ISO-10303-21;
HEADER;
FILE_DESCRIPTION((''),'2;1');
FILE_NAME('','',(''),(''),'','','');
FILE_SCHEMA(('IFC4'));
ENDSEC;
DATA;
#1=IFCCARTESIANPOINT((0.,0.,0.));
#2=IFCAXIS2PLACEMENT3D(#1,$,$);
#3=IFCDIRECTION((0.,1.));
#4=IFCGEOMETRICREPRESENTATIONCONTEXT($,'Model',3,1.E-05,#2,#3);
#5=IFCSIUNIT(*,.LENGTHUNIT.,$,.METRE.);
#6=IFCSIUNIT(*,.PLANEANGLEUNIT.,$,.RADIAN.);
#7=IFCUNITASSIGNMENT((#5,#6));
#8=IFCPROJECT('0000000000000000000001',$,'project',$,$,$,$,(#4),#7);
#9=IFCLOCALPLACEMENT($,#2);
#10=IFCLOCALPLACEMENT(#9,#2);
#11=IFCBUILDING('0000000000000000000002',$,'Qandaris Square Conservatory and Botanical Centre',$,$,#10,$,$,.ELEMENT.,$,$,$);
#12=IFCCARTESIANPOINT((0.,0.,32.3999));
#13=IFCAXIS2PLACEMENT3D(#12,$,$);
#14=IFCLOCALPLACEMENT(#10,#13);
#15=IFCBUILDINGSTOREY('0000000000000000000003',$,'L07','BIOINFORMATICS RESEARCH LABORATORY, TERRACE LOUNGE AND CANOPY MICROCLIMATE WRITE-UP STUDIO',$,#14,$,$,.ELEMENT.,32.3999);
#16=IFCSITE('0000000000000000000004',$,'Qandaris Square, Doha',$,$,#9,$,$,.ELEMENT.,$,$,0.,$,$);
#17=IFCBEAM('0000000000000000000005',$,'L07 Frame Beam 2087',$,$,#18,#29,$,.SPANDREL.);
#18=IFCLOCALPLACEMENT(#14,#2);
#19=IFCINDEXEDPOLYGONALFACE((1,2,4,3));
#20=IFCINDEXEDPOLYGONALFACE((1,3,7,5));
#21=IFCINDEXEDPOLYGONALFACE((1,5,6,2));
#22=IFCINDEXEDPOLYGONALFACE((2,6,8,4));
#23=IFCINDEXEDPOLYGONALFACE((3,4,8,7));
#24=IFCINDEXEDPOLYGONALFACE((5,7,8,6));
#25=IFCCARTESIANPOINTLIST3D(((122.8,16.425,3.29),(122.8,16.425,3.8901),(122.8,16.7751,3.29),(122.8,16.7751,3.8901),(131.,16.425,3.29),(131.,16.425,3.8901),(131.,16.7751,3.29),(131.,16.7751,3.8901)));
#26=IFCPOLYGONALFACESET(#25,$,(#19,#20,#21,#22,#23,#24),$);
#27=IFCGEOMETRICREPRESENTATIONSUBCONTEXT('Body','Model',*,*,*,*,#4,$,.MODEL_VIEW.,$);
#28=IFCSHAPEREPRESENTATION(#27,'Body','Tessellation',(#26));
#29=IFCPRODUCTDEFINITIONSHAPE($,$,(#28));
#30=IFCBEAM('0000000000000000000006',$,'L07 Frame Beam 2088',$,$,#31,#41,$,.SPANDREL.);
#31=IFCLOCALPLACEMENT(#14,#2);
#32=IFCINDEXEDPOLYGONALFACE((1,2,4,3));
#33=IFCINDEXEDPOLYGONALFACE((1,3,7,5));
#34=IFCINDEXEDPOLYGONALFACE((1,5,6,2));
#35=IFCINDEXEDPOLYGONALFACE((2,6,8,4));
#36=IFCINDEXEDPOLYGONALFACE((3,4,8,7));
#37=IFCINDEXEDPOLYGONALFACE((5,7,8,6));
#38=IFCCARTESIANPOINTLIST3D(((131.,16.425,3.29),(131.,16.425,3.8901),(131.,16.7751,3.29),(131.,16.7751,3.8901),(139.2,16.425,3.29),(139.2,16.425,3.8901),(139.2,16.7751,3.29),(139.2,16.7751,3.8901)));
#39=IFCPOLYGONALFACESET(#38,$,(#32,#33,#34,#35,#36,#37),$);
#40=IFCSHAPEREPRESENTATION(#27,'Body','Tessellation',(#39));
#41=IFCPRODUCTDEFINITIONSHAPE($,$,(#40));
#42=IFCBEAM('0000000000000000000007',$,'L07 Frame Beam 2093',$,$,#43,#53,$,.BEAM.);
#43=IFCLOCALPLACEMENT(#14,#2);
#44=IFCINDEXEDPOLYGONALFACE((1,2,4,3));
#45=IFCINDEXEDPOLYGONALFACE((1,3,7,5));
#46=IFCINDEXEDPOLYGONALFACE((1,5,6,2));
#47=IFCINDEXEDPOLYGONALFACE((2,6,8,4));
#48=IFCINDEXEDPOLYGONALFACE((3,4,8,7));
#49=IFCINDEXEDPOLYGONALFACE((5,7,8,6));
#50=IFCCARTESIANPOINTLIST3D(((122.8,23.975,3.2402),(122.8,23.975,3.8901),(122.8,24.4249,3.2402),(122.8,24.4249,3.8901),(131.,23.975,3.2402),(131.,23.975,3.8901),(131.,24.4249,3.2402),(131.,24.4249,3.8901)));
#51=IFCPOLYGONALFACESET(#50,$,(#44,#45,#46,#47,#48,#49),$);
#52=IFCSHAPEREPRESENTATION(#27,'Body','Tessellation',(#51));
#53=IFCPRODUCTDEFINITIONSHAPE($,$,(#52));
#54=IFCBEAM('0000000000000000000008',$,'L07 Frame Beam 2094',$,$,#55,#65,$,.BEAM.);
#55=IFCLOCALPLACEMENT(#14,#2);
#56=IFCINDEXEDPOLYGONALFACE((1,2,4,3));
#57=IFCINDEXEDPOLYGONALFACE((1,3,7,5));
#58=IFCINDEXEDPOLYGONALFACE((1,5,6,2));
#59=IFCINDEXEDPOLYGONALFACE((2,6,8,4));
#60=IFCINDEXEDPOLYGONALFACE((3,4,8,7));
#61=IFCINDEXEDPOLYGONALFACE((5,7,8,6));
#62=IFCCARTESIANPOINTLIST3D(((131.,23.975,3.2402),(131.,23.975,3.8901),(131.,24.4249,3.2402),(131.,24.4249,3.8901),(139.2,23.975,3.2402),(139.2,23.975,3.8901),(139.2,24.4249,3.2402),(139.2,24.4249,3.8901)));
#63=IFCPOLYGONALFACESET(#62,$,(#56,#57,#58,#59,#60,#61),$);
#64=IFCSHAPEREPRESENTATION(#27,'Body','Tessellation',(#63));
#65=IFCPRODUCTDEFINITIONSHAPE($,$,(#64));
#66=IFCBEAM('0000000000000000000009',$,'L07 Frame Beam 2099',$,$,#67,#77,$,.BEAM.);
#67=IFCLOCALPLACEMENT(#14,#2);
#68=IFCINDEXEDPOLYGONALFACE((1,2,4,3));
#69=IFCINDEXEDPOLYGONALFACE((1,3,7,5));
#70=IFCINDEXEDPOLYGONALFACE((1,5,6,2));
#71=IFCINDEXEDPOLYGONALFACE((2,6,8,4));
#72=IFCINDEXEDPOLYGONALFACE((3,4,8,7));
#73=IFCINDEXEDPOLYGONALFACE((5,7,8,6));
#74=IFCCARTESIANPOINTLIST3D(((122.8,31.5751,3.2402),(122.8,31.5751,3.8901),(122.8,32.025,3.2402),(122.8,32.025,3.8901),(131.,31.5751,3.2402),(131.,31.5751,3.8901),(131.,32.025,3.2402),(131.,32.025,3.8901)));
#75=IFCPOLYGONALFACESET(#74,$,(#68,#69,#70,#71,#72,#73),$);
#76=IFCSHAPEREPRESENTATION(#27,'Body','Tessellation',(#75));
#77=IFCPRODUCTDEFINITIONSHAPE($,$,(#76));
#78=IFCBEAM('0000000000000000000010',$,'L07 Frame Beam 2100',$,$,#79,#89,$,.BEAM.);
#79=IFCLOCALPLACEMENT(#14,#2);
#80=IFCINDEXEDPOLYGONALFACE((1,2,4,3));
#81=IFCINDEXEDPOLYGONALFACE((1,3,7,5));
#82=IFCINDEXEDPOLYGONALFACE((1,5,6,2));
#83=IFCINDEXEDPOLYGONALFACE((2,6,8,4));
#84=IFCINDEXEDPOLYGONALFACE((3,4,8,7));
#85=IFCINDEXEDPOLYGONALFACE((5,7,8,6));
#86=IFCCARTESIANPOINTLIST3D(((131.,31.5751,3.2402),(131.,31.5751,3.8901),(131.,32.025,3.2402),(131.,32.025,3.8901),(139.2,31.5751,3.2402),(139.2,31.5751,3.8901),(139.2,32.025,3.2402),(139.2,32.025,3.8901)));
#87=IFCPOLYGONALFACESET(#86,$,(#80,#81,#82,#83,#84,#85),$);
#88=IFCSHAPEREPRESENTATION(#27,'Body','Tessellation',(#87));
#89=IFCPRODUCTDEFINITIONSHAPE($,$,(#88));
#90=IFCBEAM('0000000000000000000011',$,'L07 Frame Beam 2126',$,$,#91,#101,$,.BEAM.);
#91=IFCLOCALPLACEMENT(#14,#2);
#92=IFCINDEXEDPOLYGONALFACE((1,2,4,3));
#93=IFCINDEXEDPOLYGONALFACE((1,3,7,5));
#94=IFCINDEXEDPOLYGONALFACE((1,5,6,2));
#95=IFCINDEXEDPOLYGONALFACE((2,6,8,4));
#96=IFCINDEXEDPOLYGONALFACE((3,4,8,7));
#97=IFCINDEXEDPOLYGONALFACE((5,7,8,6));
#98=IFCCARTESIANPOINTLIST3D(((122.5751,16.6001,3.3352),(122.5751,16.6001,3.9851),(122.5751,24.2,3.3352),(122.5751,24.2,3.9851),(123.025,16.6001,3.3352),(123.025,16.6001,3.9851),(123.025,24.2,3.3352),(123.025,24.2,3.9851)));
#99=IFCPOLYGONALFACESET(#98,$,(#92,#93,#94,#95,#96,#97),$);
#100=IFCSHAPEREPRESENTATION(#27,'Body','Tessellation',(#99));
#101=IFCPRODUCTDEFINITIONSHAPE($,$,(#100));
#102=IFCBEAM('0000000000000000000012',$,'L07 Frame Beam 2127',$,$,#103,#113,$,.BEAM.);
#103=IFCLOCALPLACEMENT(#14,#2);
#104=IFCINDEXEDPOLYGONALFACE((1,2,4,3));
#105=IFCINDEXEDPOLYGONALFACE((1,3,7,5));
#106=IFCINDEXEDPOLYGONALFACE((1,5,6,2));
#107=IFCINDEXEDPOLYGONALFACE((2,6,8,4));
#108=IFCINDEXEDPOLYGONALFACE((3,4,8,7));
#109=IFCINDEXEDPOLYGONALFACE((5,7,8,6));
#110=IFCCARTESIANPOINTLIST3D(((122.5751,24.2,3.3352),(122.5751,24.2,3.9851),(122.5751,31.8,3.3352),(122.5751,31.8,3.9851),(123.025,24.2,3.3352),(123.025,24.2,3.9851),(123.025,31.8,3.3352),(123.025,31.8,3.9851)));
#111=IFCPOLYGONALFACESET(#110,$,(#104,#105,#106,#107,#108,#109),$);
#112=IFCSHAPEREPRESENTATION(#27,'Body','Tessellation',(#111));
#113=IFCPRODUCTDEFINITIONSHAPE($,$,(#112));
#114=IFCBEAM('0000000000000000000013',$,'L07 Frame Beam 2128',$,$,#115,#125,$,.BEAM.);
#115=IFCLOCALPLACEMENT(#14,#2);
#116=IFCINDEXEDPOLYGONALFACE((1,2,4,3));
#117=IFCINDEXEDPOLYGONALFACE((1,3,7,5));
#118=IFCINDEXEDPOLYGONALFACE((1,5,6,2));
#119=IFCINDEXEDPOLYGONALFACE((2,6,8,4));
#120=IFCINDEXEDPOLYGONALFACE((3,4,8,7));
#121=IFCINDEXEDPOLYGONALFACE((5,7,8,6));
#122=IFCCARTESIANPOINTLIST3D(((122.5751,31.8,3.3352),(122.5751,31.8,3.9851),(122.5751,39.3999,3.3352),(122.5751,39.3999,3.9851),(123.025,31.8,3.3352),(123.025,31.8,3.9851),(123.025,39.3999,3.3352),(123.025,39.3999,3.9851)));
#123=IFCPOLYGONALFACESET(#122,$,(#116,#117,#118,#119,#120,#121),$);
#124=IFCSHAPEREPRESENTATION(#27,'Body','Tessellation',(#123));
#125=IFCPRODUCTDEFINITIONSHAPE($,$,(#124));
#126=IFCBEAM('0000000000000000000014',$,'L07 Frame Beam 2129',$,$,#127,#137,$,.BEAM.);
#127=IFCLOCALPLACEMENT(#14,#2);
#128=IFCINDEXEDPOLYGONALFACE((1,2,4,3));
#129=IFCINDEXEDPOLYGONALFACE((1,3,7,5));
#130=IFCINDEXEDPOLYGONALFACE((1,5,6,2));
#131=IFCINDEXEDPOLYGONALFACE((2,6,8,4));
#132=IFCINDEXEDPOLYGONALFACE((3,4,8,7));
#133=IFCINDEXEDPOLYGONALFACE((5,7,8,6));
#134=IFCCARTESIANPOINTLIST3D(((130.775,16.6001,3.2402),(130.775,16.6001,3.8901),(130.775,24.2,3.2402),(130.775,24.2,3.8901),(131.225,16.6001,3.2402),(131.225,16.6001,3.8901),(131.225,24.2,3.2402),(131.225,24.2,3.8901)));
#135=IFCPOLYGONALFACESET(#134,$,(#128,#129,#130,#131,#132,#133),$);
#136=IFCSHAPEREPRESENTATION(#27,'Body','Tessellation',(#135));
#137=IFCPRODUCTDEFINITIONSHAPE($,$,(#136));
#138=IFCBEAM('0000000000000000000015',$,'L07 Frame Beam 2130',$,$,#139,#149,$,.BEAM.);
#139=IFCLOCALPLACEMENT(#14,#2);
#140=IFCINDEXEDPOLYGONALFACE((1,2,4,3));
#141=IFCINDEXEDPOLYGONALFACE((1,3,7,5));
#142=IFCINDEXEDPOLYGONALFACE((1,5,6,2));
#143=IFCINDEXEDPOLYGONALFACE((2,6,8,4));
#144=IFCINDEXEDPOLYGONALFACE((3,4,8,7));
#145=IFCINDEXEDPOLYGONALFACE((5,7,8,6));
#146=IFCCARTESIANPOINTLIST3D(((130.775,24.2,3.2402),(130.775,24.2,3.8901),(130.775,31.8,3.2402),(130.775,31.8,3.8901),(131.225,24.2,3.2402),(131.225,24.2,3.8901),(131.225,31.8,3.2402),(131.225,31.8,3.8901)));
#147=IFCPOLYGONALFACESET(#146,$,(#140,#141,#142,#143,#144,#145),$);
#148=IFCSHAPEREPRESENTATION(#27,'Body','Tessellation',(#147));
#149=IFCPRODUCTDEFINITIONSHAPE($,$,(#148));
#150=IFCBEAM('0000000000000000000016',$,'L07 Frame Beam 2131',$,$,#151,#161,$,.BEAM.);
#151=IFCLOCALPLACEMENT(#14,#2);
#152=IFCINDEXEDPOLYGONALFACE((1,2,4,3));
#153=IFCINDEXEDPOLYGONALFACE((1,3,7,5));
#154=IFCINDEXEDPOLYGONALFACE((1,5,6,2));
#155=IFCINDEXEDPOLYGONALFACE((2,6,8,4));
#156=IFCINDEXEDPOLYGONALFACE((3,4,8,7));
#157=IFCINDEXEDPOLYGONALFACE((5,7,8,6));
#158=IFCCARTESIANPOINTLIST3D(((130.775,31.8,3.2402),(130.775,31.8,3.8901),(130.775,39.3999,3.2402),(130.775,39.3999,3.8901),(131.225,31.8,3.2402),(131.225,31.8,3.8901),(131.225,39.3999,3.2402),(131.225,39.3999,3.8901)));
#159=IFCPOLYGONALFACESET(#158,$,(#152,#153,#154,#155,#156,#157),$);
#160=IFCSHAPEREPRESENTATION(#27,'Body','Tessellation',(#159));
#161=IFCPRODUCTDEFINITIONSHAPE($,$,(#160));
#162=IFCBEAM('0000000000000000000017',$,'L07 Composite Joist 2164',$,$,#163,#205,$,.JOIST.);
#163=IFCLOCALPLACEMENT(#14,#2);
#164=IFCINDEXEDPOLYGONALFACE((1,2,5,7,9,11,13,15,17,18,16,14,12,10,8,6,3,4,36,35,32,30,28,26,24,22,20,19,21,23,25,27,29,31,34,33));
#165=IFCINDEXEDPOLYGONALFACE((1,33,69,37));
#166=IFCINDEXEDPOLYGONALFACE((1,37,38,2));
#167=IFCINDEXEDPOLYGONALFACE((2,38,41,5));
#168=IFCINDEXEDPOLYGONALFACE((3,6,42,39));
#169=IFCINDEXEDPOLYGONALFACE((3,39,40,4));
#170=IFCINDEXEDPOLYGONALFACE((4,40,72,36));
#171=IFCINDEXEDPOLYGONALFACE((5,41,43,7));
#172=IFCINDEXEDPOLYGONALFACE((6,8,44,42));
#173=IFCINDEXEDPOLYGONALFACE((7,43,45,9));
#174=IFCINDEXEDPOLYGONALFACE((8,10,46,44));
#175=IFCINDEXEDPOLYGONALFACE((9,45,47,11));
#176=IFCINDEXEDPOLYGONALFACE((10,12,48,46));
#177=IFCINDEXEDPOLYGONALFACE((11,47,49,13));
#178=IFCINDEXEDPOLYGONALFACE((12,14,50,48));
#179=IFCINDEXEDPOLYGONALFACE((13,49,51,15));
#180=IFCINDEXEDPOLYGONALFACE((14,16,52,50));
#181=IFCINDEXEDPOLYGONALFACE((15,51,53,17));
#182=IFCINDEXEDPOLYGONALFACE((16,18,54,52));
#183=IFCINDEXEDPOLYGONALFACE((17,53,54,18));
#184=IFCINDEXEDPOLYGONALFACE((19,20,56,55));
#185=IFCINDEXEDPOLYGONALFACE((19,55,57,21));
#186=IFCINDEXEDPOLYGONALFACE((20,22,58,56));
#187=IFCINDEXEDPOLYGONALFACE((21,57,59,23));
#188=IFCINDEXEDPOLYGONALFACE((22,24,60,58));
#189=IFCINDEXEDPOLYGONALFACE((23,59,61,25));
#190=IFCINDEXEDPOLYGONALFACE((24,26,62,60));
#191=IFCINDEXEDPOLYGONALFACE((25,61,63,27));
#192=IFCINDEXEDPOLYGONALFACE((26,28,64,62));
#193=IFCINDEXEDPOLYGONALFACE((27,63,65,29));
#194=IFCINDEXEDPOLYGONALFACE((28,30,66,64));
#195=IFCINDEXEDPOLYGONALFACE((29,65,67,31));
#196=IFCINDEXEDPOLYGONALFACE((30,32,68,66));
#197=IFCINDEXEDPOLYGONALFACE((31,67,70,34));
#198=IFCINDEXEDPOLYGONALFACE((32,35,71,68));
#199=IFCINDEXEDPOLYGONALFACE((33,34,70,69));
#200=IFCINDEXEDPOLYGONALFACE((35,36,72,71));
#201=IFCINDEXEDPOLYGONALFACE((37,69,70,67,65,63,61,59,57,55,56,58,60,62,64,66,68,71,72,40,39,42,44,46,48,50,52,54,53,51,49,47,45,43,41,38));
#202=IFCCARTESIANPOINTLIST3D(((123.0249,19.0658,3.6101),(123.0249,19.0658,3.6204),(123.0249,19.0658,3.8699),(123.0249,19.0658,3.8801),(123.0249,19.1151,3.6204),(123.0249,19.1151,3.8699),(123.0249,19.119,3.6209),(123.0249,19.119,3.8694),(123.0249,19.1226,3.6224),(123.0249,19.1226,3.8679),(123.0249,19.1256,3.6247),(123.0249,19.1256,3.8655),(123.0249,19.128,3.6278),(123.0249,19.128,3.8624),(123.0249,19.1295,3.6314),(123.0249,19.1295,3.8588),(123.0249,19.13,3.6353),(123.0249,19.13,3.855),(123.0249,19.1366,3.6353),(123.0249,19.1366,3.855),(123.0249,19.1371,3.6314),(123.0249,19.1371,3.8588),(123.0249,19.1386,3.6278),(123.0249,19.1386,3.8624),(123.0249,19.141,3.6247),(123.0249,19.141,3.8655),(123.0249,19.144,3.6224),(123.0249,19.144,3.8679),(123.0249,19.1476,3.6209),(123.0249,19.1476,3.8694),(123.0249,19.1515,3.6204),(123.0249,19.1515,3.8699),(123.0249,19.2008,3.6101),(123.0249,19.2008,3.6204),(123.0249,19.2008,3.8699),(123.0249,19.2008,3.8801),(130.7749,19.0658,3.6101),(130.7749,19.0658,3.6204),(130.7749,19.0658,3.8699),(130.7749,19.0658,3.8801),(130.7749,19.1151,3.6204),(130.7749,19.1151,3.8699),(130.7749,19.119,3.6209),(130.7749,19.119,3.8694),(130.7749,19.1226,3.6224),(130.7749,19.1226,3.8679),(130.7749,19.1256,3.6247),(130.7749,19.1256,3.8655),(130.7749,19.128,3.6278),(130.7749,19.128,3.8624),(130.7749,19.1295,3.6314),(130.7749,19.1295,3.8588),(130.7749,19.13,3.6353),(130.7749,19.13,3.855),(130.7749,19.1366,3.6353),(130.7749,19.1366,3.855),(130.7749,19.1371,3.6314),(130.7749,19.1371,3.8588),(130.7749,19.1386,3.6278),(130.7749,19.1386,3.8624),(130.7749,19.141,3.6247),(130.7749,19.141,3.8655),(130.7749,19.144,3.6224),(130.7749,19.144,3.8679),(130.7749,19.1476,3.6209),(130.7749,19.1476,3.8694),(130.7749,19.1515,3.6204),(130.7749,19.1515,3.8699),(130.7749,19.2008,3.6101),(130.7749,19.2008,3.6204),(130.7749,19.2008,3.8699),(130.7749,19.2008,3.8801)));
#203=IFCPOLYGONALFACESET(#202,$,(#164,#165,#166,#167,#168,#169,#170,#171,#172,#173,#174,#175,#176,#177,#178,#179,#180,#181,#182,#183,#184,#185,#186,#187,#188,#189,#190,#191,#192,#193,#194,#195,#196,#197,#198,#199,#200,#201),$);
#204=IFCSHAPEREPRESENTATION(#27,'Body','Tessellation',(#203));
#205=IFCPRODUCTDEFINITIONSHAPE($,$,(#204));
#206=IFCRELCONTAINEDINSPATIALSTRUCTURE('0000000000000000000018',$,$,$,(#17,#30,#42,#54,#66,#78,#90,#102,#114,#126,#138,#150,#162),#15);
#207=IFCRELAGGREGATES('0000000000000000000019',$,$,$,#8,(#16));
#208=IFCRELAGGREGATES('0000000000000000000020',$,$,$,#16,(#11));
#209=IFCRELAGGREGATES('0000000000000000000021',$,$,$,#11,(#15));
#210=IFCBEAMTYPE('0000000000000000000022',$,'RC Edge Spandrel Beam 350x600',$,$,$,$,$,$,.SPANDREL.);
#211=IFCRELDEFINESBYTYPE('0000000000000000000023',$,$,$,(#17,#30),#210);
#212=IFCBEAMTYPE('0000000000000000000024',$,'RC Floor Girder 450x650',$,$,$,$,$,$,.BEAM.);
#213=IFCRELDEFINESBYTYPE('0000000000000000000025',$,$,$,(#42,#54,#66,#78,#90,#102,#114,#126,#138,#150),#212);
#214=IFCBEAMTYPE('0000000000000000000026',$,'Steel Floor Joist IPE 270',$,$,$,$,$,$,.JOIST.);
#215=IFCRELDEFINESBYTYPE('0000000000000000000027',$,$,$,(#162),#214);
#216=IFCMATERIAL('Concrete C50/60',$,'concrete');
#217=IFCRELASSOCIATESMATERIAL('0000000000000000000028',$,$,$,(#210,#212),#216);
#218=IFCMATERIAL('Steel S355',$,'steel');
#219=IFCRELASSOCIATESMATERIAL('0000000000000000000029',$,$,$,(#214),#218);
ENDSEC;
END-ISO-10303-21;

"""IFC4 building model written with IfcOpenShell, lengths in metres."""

from ifc_helpers import new_model, si_unit, direction, frame, origin, origin_2d, place, context, subcontext, project, spatial, rectangle, i_section, extrude, material, material_profile, profile_set, type_object, element, save


model = new_model("IFC4")

# Units and contexts
model_context = context("Model", 3, precision=1e-05, world=origin(), true_north=direction((0.0, 1.0)))
body_context = subcontext(model_context, "Body", "Model", "MODEL_VIEW")
ifc_project = project(units=[si_unit("LENGTHUNIT", "METRE"), si_unit("PLANEANGLEUNIT", "RADIAN")], contexts=[model_context])

# Site, building, storey
site_placement = place(None, origin())
site = spatial("IfcSite", under=ifc_project, at=site_placement, Name="Qandaris Square, Doha", CompositionType="ELEMENT", RefElevation=0.0)
building_placement = place(site_placement, origin())
building = spatial("IfcBuilding", under=site, at=building_placement, Name="Qandaris Square Conservatory and Botanical Centre", CompositionType="ELEMENT")
storey_placement = place(building_placement, frame((0.0, 0.0, 32.3999)))
storey = spatial("IfcBuildingStorey", under=building, at=storey_placement, Name="L07", Description="BIOINFORMATICS RESEARCH LABORATORY, TERRACE LOUNGE AND CANOPY MICROCLIMATE WRITE-UP STUDIO", CompositionType="ELEMENT", Elevation=32.3999)

# Shared definitions
ifc_material_1 = material(Name="Concrete C50/60", Category="concrete")

# Beams
ifc_material_2 = material(Name="Steel S355", Category="steel")
ifc_material_profile_1 = material_profile(ifc_material_1, rectangle(XDim=0.3501, YDim=0.6001, at=origin_2d()), Name="RC-SP 350x600")
ifc_profile_set_1 = profile_set([ifc_material_profile_1], Name="Concrete C50/60")
beam_type_1 = type_object("IfcBeamType", Name="RC Edge Spandrel Beam 350x600", PredefinedType="SPANDREL", material=ifc_profile_set_1)
for number, where, z_axis, x_axis, name in (
    (1, (122.8, 16.6001, 3.5901), (1.0, 0.0, 0.0), (0.0, 1.0, 0.0), "L07 Frame Beam 2087"),
    (2, (131.0, 16.6001, 3.5901), (1.0, 0.0, 0.0), (0.0, 1.0, 0.0), "L07 Frame Beam 2088"),
):
    element("IfcBeam", number, at=place(storey_placement, frame(where, z_axis=z_axis, x_axis=x_axis)), inside=storey, type_object=beam_type_1, Name=name, PredefinedType="SPANDREL", context=body_context, shape_type="SweptSolid", body=[
        extrude(rectangle(XDim=0.3501, YDim=0.6001, at=origin_2d()), origin(), (0.0, 0.0, 1.0), 8.2),
    ])
ifc_material_profile_2 = material_profile(ifc_material_1, rectangle(XDim=0.45, YDim=0.6499, at=origin_2d()), Name="RC-BM 450x650")
ifc_profile_set_2 = profile_set([ifc_material_profile_2], Name="Concrete C50/60")
beam_type_2 = type_object("IfcBeamType", Name="RC Floor Girder 450x650", PredefinedType="BEAM", material=ifc_profile_set_2)
for number, where, z_axis, x_axis, name in (
    (3, (122.8, 24.2, 3.5652), (1.0, 0.0, 0.0), (0.0, 1.0, 0.0), "L07 Frame Beam 2093"),
    (4, (131.0, 24.2, 3.5652), (1.0, 0.0, 0.0), (0.0, 1.0, 0.0), "L07 Frame Beam 2094"),
    (5, (122.8, 31.8, 3.5652), (1.0, 0.0, 0.0), (0.0, 1.0, 0.0), "L07 Frame Beam 2099"),
    (6, (131.0, 31.8, 3.5652), (1.0, 0.0, 0.0), (0.0, 1.0, 0.0), "L07 Frame Beam 2100"),
):
    element("IfcBeam", number, at=place(storey_placement, frame(where, z_axis=z_axis, x_axis=x_axis)), inside=storey, type_object=beam_type_2, Name=name, PredefinedType="BEAM", context=body_context, shape_type="SweptSolid", body=[
        extrude(rectangle(XDim=0.45, YDim=0.6499, at=origin_2d()), origin(), (0.0, 0.0, 1.0), 8.2),
    ])
beam_1_placement = place(storey_placement, frame((122.8, 16.6001, 3.6602), z_axis=(0.0, 1.0, 0.0), x_axis=(-1.0, 0.0, 0.0)))
element("IfcBeam", 7, at=beam_1_placement, inside=storey, type_object=beam_type_2, Name="L07 Frame Beam 2126", PredefinedType="BEAM", context=body_context, shape_type="SweptSolid", body=[
    extrude(rectangle(XDim=0.45, YDim=0.6499, at=origin_2d()), origin(), (0.0, 0.0, 1.0), 7.5999),
])
beam_2_placement = place(storey_placement, frame((122.8, 24.2, 3.6602), z_axis=(0.0, 1.0, 0.0), x_axis=(-1.0, 0.0, 0.0)))
element("IfcBeam", 8, at=beam_2_placement, inside=storey, type_object=beam_type_2, Name="L07 Frame Beam 2127", PredefinedType="BEAM", context=body_context, shape_type="SweptSolid", body=[
    extrude(rectangle(XDim=0.45, YDim=0.6499, at=origin_2d()), origin(), (0.0, 0.0, 1.0), 7.6001),
])
for number, where, z_axis, x_axis, name in (
    (9, (122.8, 31.8, 3.6602), (0.0, 1.0, 0.0), (-1.0, 0.0, 0.0), "L07 Frame Beam 2128"),
    (10, (131.0, 16.6001, 3.5652), (0.0, 1.0, 0.0), (-1.0, 0.0, 0.0), "L07 Frame Beam 2129"),
):
    element("IfcBeam", number, at=place(storey_placement, frame(where, z_axis=z_axis, x_axis=x_axis)), inside=storey, type_object=beam_type_2, Name=name, PredefinedType="BEAM", context=body_context, shape_type="SweptSolid", body=[
        extrude(rectangle(XDim=0.45, YDim=0.6499, at=origin_2d()), origin(), (0.0, 0.0, 1.0), 7.5999),
    ])
beam_3_placement = place(storey_placement, frame((131.0, 24.2, 3.5652), z_axis=(0.0, 1.0, 0.0), x_axis=(-1.0, 0.0, 0.0)))
element("IfcBeam", 11, at=beam_3_placement, inside=storey, type_object=beam_type_2, Name="L07 Frame Beam 2130", PredefinedType="BEAM", context=body_context, shape_type="SweptSolid", body=[
    extrude(rectangle(XDim=0.45, YDim=0.6499, at=origin_2d()), origin(), (0.0, 0.0, 1.0), 7.6001),
])
beam_4_placement = place(storey_placement, frame((131.0, 31.8, 3.5652), z_axis=(0.0, 1.0, 0.0), x_axis=(-1.0, 0.0, 0.0)))
element("IfcBeam", 12, at=beam_4_placement, inside=storey, type_object=beam_type_2, Name="L07 Frame Beam 2131", PredefinedType="BEAM", context=body_context, shape_type="SweptSolid", body=[
    extrude(rectangle(XDim=0.45, YDim=0.6499, at=origin_2d()), origin(), (0.0, 0.0, 1.0), 7.5999),
])
ifc_material_profile_3 = material_profile(ifc_material_2, i_section(OverallWidth=0.135, OverallDepth=0.27, WebThickness=0.0066, FlangeThickness=0.0103, FilletRadius=0.0149, at=origin_2d()), Name="IPE 270")
ifc_profile_set_3 = profile_set([ifc_material_profile_3], Name="Steel S355")
beam_type_3 = type_object("IfcBeamType", Name="Steel Floor Joist IPE 270", PredefinedType="JOIST", material=ifc_profile_set_3)
beam_5_placement = place(storey_placement, frame((123.0249, 19.1333, 3.7451), z_axis=(1.0, 0.0, 0.0), x_axis=(0.0, 1.0, 0.0)))
element("IfcBeam", 13, at=beam_5_placement, inside=storey, type_object=beam_type_3, Name="L07 Composite Joist 2164", PredefinedType="JOIST", context=body_context, shape_type="SweptSolid", body=[
    extrude(i_section(OverallWidth=0.135, OverallDepth=0.27, WebThickness=0.0066, FlangeThickness=0.0103, FilletRadius=0.0149, at=origin_2d()), origin(), (0.0, 0.0, 1.0), 7.75),
])

save(model, "model.ifc")
